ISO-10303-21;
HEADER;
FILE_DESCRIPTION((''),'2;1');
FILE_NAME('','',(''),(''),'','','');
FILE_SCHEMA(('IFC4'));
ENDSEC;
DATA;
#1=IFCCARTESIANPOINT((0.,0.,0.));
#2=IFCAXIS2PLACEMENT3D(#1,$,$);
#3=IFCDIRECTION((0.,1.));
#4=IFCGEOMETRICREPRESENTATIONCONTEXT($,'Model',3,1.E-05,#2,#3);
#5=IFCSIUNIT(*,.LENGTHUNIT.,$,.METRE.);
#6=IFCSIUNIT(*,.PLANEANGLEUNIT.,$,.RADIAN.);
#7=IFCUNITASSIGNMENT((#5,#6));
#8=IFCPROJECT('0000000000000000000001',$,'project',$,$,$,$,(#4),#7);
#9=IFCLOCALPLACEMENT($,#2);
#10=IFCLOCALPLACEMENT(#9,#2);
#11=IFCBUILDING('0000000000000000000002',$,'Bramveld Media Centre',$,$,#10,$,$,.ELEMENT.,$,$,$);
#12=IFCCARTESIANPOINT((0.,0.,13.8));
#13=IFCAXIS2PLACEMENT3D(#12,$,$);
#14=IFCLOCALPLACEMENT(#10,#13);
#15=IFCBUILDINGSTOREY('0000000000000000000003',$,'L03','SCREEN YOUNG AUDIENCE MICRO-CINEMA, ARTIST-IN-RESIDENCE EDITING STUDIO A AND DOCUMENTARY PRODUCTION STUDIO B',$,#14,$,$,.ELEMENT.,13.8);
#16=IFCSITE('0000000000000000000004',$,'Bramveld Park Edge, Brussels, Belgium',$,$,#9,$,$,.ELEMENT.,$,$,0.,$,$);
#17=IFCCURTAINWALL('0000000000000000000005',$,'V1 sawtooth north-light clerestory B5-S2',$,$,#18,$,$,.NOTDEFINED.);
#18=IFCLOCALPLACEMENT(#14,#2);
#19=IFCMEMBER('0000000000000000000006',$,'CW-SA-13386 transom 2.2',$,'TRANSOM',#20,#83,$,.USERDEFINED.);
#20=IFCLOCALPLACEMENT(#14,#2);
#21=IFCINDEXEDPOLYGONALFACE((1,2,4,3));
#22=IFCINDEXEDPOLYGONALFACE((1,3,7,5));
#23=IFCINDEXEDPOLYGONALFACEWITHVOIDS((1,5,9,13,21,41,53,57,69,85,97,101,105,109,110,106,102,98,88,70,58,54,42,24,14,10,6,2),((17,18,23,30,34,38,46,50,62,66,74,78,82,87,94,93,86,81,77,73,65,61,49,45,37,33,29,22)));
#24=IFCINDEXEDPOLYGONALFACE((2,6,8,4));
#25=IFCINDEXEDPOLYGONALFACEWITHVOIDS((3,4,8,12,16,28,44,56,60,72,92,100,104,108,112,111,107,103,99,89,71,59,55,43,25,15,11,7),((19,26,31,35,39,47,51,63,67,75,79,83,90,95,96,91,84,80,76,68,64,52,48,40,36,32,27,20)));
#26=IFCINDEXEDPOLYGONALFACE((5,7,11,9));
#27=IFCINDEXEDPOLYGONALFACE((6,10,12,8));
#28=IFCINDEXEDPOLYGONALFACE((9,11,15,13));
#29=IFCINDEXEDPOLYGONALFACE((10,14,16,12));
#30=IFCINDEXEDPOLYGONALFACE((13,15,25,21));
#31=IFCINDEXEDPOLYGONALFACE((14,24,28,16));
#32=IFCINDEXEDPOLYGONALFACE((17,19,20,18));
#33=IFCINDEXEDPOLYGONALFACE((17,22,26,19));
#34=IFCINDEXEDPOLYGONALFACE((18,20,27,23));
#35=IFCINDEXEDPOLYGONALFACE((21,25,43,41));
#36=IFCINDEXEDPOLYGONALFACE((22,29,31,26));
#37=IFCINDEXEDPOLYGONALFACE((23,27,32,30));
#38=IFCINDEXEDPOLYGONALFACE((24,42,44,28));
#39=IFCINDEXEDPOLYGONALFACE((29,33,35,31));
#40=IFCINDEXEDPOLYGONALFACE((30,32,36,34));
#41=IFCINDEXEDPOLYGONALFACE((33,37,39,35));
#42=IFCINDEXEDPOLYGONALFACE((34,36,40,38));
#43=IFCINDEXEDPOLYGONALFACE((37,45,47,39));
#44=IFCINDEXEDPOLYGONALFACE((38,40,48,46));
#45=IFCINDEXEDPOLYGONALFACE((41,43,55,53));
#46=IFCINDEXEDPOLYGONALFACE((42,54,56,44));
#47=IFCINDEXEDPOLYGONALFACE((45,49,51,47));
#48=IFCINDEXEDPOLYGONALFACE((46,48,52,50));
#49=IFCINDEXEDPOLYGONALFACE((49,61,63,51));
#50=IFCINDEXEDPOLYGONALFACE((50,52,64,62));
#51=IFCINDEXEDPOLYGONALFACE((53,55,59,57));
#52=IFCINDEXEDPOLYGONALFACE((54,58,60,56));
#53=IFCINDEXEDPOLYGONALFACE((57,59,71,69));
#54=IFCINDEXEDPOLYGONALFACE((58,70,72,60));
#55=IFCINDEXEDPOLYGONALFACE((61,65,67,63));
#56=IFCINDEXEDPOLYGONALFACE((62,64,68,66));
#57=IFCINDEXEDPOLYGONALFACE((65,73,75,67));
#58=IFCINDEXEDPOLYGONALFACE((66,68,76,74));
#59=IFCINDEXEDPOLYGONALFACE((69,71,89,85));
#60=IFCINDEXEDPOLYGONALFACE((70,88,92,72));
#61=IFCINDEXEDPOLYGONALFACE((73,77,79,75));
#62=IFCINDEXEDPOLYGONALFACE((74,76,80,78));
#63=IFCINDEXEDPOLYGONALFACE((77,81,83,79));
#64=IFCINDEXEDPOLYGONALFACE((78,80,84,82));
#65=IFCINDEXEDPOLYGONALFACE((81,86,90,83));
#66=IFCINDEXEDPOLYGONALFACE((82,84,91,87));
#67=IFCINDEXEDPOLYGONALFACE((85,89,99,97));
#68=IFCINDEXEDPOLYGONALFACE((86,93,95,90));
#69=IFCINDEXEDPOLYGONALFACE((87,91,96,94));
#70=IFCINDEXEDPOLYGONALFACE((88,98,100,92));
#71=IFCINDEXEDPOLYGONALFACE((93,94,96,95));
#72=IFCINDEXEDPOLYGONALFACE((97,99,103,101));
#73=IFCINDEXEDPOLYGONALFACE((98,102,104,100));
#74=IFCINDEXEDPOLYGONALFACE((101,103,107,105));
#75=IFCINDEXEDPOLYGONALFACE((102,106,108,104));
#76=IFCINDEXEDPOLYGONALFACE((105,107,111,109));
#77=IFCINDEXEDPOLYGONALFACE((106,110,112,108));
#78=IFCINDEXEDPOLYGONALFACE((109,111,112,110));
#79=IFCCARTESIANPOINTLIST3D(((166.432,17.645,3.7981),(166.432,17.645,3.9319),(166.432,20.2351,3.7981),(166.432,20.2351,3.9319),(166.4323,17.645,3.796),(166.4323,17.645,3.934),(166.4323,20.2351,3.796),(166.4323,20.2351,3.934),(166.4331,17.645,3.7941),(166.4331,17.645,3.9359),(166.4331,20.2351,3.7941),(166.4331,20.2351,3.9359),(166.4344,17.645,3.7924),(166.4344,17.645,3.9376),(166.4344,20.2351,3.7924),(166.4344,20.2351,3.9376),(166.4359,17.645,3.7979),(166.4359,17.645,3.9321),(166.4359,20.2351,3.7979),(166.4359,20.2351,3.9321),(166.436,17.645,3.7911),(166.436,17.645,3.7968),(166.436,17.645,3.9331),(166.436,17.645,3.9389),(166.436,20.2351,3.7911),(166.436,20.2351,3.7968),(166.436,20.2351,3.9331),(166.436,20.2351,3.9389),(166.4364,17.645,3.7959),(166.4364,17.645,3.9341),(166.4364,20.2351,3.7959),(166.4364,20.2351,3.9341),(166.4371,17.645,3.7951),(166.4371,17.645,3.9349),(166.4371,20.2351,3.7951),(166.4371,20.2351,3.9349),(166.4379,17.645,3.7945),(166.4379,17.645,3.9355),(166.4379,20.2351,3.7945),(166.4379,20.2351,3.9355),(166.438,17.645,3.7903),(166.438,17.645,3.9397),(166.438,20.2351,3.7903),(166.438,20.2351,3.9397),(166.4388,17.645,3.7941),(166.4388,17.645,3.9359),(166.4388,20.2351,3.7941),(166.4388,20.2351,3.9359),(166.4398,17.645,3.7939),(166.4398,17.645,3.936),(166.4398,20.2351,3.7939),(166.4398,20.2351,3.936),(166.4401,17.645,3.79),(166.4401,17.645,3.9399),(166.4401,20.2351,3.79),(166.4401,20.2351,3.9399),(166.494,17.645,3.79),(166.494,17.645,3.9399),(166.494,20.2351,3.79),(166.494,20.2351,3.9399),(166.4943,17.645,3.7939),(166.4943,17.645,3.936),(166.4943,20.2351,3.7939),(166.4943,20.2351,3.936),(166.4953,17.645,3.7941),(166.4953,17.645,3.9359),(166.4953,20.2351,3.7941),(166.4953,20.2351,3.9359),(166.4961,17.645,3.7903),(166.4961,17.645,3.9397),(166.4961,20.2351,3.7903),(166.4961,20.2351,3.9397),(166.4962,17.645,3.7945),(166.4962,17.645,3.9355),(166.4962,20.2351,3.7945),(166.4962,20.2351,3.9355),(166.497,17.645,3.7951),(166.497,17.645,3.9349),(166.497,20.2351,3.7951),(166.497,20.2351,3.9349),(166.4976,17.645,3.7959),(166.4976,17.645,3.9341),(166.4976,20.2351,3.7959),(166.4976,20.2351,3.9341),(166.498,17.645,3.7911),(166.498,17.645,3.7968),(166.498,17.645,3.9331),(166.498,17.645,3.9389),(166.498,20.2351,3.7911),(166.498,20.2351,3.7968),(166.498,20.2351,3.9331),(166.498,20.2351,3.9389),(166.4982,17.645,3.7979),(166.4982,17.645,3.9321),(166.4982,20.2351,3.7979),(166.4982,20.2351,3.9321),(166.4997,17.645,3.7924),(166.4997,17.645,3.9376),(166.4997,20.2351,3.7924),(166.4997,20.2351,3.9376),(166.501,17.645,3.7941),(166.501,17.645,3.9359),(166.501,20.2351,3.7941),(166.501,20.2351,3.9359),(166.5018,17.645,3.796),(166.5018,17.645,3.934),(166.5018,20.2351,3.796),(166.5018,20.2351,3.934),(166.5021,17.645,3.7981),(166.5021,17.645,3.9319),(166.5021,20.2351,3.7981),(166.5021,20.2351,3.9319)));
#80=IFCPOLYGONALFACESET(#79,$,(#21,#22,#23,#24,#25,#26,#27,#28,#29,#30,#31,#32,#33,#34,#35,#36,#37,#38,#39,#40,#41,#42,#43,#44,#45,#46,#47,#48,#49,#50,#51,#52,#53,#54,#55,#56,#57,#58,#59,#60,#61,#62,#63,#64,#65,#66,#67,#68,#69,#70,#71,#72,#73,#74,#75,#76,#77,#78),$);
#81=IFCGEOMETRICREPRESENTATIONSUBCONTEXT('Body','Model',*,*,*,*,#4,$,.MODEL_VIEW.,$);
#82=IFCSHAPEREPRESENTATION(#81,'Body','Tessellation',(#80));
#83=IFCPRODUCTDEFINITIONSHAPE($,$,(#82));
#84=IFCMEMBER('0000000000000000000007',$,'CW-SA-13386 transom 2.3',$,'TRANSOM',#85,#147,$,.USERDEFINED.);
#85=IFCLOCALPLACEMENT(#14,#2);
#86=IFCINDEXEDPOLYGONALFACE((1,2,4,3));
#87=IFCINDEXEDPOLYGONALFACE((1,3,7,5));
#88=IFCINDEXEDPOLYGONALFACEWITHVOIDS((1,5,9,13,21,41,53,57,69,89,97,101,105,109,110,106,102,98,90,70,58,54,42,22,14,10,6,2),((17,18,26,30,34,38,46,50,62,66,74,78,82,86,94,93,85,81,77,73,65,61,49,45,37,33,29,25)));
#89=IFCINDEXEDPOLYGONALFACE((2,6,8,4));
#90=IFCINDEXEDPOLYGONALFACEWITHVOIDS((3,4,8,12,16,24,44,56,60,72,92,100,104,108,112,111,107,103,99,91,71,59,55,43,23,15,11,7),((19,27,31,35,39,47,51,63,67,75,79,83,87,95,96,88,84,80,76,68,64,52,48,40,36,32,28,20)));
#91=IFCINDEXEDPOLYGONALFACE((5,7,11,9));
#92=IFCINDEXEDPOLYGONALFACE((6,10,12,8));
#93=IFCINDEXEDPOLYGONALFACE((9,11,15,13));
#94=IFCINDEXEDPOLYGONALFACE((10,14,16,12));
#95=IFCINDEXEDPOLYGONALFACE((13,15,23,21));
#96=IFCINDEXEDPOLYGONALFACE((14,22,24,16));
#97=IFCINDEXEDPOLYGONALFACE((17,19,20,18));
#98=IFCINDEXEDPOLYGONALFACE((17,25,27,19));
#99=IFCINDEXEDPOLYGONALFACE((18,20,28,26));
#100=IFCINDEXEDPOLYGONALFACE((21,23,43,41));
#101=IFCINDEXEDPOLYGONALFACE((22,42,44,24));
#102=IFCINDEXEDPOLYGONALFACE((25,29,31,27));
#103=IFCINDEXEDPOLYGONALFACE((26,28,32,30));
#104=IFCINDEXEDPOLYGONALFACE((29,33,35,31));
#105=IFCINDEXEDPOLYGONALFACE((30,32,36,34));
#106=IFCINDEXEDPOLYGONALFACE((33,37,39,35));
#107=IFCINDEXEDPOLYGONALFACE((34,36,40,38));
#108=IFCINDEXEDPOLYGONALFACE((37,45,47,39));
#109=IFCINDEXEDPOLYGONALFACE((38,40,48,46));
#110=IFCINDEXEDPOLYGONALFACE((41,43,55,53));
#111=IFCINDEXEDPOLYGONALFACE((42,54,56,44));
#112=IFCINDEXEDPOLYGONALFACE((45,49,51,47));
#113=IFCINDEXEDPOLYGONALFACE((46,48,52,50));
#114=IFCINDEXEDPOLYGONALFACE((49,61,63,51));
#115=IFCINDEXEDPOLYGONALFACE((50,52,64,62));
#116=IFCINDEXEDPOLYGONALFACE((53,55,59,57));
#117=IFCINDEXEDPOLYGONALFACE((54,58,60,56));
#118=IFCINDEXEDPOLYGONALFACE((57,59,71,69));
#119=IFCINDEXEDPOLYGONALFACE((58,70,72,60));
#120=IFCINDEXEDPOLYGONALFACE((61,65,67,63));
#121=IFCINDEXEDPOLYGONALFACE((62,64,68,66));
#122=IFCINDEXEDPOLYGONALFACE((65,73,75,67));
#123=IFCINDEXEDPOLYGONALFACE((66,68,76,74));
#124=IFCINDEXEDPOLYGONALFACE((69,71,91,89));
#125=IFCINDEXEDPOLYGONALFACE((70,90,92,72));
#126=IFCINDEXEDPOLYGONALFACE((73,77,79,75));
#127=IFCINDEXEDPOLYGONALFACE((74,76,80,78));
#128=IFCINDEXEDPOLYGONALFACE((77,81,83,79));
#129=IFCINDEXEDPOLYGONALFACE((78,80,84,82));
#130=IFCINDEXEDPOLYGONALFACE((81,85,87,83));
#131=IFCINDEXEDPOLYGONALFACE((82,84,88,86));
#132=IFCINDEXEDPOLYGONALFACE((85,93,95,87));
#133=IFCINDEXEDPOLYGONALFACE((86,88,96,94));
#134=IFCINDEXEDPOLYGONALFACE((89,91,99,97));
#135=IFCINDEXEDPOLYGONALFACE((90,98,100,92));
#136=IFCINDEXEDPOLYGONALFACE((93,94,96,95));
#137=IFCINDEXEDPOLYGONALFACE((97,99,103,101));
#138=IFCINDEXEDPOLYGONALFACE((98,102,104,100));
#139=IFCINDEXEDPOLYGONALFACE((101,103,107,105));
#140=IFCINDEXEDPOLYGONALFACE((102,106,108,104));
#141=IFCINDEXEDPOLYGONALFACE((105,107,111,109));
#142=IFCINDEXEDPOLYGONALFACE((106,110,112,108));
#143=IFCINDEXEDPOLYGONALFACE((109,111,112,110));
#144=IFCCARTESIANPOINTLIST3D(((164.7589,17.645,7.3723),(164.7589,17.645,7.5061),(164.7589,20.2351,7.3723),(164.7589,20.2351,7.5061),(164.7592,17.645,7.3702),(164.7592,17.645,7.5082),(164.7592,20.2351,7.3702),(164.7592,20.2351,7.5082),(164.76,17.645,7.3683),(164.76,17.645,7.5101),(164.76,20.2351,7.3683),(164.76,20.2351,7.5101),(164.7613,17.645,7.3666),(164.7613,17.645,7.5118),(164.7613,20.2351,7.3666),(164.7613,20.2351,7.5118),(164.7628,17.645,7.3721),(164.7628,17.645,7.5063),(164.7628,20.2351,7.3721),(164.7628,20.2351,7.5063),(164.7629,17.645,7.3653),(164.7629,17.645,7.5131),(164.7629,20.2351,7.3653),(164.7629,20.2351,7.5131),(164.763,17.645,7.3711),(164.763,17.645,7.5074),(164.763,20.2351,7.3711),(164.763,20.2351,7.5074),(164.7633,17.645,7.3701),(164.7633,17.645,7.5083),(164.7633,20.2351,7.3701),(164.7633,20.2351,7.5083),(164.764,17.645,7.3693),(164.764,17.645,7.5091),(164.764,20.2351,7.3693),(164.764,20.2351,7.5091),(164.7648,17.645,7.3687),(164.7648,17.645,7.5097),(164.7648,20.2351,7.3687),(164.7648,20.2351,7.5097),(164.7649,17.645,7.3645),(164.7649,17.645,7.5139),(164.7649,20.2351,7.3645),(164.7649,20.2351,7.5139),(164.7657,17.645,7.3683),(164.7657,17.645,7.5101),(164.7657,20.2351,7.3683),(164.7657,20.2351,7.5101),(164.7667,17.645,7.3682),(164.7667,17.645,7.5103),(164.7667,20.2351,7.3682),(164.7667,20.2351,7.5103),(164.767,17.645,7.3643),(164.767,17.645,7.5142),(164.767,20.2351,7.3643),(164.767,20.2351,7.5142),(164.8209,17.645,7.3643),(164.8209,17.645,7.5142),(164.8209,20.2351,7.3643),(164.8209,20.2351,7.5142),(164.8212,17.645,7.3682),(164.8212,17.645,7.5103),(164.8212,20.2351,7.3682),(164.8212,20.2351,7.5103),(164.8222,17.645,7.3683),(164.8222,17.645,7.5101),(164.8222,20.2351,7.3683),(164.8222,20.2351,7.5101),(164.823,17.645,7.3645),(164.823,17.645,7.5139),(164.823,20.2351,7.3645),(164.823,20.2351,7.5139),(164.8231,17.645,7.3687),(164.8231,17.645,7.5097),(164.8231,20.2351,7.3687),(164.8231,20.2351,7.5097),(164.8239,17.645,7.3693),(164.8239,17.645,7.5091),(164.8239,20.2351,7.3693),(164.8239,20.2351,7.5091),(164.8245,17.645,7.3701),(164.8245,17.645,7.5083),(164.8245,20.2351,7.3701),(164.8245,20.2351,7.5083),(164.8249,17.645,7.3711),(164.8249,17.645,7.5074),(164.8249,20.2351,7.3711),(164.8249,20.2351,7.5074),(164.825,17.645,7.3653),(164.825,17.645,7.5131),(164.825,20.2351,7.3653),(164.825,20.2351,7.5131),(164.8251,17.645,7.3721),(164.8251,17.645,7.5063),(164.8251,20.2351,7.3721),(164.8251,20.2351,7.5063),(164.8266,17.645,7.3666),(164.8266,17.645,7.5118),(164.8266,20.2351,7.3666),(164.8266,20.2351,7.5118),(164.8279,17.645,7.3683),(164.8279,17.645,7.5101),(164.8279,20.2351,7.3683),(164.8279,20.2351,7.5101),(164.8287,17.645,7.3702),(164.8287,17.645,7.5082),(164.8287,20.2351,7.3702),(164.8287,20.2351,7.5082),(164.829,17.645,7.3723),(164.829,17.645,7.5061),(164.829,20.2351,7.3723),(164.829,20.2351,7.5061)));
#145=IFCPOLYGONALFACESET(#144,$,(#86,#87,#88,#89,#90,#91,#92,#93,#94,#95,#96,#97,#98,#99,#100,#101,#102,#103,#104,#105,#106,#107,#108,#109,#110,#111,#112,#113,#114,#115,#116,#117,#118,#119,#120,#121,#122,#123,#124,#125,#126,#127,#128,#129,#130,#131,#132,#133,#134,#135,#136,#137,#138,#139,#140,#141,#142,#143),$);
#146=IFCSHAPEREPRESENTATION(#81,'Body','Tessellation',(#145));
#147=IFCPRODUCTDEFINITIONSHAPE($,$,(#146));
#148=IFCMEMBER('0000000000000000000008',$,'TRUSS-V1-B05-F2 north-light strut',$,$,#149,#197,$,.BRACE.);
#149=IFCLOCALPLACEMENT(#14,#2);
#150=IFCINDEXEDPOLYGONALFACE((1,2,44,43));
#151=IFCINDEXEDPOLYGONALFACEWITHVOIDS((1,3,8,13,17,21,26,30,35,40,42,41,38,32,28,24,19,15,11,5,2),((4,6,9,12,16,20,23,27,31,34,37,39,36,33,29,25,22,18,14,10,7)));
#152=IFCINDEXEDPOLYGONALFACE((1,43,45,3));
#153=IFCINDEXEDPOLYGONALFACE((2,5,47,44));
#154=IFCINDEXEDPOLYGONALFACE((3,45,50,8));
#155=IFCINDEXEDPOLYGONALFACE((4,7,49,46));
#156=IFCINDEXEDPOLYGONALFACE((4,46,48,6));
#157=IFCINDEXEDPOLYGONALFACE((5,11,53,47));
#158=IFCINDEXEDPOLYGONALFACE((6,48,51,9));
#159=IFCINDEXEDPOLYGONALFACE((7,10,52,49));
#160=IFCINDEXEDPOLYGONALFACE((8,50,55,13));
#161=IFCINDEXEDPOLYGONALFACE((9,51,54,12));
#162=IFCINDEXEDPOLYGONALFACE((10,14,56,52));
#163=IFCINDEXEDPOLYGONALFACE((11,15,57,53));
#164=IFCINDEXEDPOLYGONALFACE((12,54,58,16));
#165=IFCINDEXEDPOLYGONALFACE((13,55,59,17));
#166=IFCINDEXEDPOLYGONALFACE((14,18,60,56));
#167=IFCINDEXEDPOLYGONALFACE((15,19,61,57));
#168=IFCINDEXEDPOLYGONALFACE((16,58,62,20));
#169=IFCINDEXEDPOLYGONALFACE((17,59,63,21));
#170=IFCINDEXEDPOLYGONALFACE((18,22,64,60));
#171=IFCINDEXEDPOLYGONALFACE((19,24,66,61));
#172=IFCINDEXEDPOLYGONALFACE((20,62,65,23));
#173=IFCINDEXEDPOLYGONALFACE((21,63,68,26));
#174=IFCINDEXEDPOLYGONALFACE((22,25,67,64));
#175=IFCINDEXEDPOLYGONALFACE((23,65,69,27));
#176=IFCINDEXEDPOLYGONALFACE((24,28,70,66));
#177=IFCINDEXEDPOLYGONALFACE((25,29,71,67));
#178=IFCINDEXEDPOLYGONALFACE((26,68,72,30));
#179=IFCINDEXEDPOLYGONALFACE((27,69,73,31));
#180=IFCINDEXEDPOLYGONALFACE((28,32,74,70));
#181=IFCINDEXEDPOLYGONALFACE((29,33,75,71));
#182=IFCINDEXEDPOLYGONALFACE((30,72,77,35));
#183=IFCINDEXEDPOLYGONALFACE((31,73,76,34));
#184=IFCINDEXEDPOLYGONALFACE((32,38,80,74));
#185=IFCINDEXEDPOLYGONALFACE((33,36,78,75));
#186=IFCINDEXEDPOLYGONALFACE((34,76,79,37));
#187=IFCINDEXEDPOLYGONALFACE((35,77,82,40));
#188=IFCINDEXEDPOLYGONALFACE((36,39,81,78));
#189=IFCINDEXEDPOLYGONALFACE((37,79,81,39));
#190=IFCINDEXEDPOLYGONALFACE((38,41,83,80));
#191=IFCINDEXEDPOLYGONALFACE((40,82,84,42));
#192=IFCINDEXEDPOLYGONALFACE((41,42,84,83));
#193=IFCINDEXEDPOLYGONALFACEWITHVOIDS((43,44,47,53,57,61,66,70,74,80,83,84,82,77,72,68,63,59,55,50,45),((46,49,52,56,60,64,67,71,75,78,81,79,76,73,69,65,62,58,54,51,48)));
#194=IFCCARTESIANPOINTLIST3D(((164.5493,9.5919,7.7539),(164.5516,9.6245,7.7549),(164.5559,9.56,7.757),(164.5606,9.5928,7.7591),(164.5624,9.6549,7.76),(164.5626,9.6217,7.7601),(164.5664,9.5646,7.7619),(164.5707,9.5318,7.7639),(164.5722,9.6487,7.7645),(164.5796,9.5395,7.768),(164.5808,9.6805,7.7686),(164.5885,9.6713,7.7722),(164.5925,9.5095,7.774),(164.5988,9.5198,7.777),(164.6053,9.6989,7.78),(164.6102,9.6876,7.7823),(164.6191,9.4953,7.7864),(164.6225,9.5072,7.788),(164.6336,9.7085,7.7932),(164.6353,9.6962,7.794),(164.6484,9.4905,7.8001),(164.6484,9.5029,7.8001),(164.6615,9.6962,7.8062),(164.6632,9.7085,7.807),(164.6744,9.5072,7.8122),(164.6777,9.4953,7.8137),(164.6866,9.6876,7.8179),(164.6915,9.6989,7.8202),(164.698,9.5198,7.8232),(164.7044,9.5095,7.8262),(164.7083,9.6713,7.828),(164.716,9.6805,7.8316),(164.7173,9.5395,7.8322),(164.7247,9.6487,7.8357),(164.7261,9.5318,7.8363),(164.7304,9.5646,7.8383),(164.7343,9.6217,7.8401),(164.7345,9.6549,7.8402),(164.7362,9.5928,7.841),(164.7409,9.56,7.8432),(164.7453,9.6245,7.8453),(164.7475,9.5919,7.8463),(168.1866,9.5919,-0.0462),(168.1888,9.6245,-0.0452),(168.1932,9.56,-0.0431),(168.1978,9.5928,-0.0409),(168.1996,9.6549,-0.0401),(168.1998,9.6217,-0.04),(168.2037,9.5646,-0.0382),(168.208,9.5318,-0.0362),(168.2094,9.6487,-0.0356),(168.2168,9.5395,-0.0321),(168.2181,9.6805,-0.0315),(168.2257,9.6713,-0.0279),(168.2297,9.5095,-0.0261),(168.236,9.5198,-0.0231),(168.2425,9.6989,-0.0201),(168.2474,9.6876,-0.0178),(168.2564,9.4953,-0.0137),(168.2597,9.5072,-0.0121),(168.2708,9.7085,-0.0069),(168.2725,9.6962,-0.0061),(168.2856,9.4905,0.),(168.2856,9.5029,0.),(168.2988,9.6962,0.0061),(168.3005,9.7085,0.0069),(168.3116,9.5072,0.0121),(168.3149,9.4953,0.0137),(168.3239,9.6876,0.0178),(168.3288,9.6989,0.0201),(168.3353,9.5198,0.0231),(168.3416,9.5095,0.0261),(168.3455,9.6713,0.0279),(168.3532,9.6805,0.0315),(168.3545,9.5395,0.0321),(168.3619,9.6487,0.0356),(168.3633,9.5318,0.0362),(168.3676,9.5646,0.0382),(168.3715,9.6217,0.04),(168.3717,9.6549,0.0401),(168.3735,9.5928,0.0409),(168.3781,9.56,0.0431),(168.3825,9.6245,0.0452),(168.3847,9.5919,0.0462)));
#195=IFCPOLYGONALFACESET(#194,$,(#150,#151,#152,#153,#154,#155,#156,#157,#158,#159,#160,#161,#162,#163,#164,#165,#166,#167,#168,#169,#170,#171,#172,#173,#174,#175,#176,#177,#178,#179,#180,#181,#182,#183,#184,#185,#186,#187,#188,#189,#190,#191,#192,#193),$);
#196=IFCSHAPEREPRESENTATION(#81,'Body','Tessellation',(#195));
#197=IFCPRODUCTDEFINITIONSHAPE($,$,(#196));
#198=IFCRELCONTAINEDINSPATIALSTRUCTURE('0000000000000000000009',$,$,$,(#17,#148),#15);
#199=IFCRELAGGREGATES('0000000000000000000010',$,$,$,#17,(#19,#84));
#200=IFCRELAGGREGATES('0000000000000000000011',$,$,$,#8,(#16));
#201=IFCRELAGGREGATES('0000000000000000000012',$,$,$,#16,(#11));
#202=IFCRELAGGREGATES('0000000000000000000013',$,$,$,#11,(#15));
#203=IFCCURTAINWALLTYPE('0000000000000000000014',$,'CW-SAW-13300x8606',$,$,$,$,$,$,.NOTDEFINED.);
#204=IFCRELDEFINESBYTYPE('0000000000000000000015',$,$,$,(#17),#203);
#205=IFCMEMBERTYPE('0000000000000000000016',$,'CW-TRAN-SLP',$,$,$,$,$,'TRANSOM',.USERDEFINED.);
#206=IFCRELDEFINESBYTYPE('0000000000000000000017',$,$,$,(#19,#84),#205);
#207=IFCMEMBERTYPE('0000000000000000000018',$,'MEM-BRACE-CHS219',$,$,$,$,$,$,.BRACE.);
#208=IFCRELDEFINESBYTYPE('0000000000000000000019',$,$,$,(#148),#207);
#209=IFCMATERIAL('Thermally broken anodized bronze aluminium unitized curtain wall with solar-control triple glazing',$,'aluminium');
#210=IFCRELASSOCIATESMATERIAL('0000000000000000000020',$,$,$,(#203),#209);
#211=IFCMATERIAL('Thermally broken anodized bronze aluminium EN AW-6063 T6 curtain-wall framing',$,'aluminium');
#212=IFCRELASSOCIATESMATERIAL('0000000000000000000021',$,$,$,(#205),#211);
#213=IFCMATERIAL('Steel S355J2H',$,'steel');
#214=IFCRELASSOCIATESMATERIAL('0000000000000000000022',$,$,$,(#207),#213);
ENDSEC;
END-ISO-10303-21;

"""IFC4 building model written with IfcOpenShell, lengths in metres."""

from ifc_helpers import new_model, si_unit, direction, frame, origin, origin_2d, place, context, subcontext, project, spatial, hollow_rectangle, hollow_circle, extrude, material, material_profile, profile_set, type_object, element, aggregate, save


model = new_model("IFC4")

# Units and contexts
model_context = context("Model", 3, precision=1e-05, world=origin(), true_north=direction((0.0, 1.0)))
body_context = subcontext(model_context, "Body", "Model", "MODEL_VIEW")
ifc_project = project(units=[si_unit("LENGTHUNIT", "METRE"), si_unit("PLANEANGLEUNIT", "RADIAN")], contexts=[model_context])

# Site, building, storey
site_placement = place(None, origin())
site = spatial("IfcSite", under=ifc_project, at=site_placement, Name="Bramveld Park Edge, Brussels, Belgium", CompositionType="ELEMENT", RefElevation=0.0)
building_placement = place(site_placement, origin())
building = spatial("IfcBuilding", under=site, at=building_placement, Name="Bramveld Media Centre", CompositionType="ELEMENT")
storey_placement = place(building_placement, frame((0.0, 0.0, 13.8)))
storey = spatial("IfcBuildingStorey", under=building, at=storey_placement, Name="L03", Description="SCREEN YOUNG AUDIENCE MICRO-CINEMA, ARTIST-IN-RESIDENCE EDITING STUDIO A AND DOCUMENTARY PRODUCTION STUDIO B", CompositionType="ELEMENT", Elevation=13.8)

# Curtain wall
ifc_material_1 = material(Name="Thermally broken anodized bronze aluminium unitized curtain wall with solar-control triple glazing", Category="aluminium")
curtain_wall_type = type_object("IfcCurtainWallType", Name="CW-SAW-13300x8606", PredefinedType="NOTDEFINED", material=ifc_material_1)
curtain_wall_1_placement = place(storey_placement, origin())
curtain_wall_1 = element("IfcCurtainWall", 1, at=curtain_wall_1_placement, inside=storey, type_object=curtain_wall_type, Name="V1 sawtooth north-light clerestory B5-S2", PredefinedType="NOTDEFINED")

# Members
ifc_material_2 = material(Name="Thermally broken anodized bronze aluminium EN AW-6063 T6 curtain-wall framing", Category="aluminium")
ifc_material_profile_1 = material_profile(ifc_material_2, hollow_rectangle(XDim=0.0701, YDim=0.1499, WallThickness=0.0039, InnerFilletRadius=0.0039, OuterFilletRadius=0.0081, at=origin_2d()), Name="AL-TRAN 70x150")
ifc_profile_set_1 = profile_set([ifc_material_profile_1], Name="Thermally broken anodized bronze aluminium EN AW-6063 T6 curtain-wall framing")
member_type_1 = type_object("IfcMemberType", Name="CW-TRAN-SLP", ElementType="TRANSOM", PredefinedType="USERDEFINED", material=ifc_profile_set_1)
member_1_placement = place(storey_placement, frame((166.467, 17.645, 3.865), z_axis=(0.0, 1.0, 0.0), x_axis=(-1.0, 0.0, 0.0)))
member_1 = element("IfcMember", 2, at=member_1_placement, type_object=member_type_1, Name="CW-SA-13386 transom 2.2", ObjectType="TRANSOM", PredefinedType="USERDEFINED", context=body_context, shape_type="SweptSolid", body=[
    extrude(hollow_rectangle(XDim=0.0701, YDim=0.1499, WallThickness=0.0039, InnerFilletRadius=0.0039, OuterFilletRadius=0.0081, at=origin_2d()), origin(), (0.0, 0.0, 1.0), 2.5901),
])
member_2_placement = place(storey_placement, frame((164.7939, 17.645, 7.4392), z_axis=(0.0, 1.0, 0.0), x_axis=(-1.0, 0.0, 0.0)))
member_2 = element("IfcMember", 3, at=member_2_placement, type_object=member_type_1, Name="CW-SA-13386 transom 2.3", ObjectType="TRANSOM", PredefinedType="USERDEFINED", context=body_context, shape_type="SweptSolid", body=[
    extrude(hollow_rectangle(XDim=0.0701, YDim=0.1499, WallThickness=0.0039, InnerFilletRadius=0.0039, OuterFilletRadius=0.0081, at=origin_2d()), origin(), (0.0, 0.0, 1.0), 2.5901),
])

# Member
ifc_material_3 = material(Name="Steel S355J2H", Category="steel")
ifc_material_profile_2 = material_profile(ifc_material_3, hollow_circle(Radius=0.1096, WallThickness=0.0125, at=origin_2d()), Name="CHS 219.1x12.5")
ifc_profile_set_2 = profile_set([ifc_material_profile_2], Name="Steel S355J2H")
member_type_2 = type_object("IfcMemberType", Name="MEM-BRACE-CHS219", PredefinedType="BRACE", material=ifc_profile_set_2)
member_3_placement = place(storey_placement, frame((168.2856, 9.6001, 0.0), z_axis=(-0.422617, 0.0, 0.906308), x_axis=(0.0, -1.0, 0.0)))
element("IfcMember", 4, at=member_3_placement, inside=storey, type_object=member_type_2, Name="TRUSS-V1-B05-F2 north-light strut", PredefinedType="BRACE", context=body_context, shape_type="SweptSolid", body=[
    extrude(hollow_circle(Radius=0.1096, WallThickness=0.0125, at=origin_2d()), origin(), (0.0, 0.0, 1.0), 8.6064),
])

aggregate(curtain_wall_1, [member_1, member_2])

save(model, "model.ifc")
